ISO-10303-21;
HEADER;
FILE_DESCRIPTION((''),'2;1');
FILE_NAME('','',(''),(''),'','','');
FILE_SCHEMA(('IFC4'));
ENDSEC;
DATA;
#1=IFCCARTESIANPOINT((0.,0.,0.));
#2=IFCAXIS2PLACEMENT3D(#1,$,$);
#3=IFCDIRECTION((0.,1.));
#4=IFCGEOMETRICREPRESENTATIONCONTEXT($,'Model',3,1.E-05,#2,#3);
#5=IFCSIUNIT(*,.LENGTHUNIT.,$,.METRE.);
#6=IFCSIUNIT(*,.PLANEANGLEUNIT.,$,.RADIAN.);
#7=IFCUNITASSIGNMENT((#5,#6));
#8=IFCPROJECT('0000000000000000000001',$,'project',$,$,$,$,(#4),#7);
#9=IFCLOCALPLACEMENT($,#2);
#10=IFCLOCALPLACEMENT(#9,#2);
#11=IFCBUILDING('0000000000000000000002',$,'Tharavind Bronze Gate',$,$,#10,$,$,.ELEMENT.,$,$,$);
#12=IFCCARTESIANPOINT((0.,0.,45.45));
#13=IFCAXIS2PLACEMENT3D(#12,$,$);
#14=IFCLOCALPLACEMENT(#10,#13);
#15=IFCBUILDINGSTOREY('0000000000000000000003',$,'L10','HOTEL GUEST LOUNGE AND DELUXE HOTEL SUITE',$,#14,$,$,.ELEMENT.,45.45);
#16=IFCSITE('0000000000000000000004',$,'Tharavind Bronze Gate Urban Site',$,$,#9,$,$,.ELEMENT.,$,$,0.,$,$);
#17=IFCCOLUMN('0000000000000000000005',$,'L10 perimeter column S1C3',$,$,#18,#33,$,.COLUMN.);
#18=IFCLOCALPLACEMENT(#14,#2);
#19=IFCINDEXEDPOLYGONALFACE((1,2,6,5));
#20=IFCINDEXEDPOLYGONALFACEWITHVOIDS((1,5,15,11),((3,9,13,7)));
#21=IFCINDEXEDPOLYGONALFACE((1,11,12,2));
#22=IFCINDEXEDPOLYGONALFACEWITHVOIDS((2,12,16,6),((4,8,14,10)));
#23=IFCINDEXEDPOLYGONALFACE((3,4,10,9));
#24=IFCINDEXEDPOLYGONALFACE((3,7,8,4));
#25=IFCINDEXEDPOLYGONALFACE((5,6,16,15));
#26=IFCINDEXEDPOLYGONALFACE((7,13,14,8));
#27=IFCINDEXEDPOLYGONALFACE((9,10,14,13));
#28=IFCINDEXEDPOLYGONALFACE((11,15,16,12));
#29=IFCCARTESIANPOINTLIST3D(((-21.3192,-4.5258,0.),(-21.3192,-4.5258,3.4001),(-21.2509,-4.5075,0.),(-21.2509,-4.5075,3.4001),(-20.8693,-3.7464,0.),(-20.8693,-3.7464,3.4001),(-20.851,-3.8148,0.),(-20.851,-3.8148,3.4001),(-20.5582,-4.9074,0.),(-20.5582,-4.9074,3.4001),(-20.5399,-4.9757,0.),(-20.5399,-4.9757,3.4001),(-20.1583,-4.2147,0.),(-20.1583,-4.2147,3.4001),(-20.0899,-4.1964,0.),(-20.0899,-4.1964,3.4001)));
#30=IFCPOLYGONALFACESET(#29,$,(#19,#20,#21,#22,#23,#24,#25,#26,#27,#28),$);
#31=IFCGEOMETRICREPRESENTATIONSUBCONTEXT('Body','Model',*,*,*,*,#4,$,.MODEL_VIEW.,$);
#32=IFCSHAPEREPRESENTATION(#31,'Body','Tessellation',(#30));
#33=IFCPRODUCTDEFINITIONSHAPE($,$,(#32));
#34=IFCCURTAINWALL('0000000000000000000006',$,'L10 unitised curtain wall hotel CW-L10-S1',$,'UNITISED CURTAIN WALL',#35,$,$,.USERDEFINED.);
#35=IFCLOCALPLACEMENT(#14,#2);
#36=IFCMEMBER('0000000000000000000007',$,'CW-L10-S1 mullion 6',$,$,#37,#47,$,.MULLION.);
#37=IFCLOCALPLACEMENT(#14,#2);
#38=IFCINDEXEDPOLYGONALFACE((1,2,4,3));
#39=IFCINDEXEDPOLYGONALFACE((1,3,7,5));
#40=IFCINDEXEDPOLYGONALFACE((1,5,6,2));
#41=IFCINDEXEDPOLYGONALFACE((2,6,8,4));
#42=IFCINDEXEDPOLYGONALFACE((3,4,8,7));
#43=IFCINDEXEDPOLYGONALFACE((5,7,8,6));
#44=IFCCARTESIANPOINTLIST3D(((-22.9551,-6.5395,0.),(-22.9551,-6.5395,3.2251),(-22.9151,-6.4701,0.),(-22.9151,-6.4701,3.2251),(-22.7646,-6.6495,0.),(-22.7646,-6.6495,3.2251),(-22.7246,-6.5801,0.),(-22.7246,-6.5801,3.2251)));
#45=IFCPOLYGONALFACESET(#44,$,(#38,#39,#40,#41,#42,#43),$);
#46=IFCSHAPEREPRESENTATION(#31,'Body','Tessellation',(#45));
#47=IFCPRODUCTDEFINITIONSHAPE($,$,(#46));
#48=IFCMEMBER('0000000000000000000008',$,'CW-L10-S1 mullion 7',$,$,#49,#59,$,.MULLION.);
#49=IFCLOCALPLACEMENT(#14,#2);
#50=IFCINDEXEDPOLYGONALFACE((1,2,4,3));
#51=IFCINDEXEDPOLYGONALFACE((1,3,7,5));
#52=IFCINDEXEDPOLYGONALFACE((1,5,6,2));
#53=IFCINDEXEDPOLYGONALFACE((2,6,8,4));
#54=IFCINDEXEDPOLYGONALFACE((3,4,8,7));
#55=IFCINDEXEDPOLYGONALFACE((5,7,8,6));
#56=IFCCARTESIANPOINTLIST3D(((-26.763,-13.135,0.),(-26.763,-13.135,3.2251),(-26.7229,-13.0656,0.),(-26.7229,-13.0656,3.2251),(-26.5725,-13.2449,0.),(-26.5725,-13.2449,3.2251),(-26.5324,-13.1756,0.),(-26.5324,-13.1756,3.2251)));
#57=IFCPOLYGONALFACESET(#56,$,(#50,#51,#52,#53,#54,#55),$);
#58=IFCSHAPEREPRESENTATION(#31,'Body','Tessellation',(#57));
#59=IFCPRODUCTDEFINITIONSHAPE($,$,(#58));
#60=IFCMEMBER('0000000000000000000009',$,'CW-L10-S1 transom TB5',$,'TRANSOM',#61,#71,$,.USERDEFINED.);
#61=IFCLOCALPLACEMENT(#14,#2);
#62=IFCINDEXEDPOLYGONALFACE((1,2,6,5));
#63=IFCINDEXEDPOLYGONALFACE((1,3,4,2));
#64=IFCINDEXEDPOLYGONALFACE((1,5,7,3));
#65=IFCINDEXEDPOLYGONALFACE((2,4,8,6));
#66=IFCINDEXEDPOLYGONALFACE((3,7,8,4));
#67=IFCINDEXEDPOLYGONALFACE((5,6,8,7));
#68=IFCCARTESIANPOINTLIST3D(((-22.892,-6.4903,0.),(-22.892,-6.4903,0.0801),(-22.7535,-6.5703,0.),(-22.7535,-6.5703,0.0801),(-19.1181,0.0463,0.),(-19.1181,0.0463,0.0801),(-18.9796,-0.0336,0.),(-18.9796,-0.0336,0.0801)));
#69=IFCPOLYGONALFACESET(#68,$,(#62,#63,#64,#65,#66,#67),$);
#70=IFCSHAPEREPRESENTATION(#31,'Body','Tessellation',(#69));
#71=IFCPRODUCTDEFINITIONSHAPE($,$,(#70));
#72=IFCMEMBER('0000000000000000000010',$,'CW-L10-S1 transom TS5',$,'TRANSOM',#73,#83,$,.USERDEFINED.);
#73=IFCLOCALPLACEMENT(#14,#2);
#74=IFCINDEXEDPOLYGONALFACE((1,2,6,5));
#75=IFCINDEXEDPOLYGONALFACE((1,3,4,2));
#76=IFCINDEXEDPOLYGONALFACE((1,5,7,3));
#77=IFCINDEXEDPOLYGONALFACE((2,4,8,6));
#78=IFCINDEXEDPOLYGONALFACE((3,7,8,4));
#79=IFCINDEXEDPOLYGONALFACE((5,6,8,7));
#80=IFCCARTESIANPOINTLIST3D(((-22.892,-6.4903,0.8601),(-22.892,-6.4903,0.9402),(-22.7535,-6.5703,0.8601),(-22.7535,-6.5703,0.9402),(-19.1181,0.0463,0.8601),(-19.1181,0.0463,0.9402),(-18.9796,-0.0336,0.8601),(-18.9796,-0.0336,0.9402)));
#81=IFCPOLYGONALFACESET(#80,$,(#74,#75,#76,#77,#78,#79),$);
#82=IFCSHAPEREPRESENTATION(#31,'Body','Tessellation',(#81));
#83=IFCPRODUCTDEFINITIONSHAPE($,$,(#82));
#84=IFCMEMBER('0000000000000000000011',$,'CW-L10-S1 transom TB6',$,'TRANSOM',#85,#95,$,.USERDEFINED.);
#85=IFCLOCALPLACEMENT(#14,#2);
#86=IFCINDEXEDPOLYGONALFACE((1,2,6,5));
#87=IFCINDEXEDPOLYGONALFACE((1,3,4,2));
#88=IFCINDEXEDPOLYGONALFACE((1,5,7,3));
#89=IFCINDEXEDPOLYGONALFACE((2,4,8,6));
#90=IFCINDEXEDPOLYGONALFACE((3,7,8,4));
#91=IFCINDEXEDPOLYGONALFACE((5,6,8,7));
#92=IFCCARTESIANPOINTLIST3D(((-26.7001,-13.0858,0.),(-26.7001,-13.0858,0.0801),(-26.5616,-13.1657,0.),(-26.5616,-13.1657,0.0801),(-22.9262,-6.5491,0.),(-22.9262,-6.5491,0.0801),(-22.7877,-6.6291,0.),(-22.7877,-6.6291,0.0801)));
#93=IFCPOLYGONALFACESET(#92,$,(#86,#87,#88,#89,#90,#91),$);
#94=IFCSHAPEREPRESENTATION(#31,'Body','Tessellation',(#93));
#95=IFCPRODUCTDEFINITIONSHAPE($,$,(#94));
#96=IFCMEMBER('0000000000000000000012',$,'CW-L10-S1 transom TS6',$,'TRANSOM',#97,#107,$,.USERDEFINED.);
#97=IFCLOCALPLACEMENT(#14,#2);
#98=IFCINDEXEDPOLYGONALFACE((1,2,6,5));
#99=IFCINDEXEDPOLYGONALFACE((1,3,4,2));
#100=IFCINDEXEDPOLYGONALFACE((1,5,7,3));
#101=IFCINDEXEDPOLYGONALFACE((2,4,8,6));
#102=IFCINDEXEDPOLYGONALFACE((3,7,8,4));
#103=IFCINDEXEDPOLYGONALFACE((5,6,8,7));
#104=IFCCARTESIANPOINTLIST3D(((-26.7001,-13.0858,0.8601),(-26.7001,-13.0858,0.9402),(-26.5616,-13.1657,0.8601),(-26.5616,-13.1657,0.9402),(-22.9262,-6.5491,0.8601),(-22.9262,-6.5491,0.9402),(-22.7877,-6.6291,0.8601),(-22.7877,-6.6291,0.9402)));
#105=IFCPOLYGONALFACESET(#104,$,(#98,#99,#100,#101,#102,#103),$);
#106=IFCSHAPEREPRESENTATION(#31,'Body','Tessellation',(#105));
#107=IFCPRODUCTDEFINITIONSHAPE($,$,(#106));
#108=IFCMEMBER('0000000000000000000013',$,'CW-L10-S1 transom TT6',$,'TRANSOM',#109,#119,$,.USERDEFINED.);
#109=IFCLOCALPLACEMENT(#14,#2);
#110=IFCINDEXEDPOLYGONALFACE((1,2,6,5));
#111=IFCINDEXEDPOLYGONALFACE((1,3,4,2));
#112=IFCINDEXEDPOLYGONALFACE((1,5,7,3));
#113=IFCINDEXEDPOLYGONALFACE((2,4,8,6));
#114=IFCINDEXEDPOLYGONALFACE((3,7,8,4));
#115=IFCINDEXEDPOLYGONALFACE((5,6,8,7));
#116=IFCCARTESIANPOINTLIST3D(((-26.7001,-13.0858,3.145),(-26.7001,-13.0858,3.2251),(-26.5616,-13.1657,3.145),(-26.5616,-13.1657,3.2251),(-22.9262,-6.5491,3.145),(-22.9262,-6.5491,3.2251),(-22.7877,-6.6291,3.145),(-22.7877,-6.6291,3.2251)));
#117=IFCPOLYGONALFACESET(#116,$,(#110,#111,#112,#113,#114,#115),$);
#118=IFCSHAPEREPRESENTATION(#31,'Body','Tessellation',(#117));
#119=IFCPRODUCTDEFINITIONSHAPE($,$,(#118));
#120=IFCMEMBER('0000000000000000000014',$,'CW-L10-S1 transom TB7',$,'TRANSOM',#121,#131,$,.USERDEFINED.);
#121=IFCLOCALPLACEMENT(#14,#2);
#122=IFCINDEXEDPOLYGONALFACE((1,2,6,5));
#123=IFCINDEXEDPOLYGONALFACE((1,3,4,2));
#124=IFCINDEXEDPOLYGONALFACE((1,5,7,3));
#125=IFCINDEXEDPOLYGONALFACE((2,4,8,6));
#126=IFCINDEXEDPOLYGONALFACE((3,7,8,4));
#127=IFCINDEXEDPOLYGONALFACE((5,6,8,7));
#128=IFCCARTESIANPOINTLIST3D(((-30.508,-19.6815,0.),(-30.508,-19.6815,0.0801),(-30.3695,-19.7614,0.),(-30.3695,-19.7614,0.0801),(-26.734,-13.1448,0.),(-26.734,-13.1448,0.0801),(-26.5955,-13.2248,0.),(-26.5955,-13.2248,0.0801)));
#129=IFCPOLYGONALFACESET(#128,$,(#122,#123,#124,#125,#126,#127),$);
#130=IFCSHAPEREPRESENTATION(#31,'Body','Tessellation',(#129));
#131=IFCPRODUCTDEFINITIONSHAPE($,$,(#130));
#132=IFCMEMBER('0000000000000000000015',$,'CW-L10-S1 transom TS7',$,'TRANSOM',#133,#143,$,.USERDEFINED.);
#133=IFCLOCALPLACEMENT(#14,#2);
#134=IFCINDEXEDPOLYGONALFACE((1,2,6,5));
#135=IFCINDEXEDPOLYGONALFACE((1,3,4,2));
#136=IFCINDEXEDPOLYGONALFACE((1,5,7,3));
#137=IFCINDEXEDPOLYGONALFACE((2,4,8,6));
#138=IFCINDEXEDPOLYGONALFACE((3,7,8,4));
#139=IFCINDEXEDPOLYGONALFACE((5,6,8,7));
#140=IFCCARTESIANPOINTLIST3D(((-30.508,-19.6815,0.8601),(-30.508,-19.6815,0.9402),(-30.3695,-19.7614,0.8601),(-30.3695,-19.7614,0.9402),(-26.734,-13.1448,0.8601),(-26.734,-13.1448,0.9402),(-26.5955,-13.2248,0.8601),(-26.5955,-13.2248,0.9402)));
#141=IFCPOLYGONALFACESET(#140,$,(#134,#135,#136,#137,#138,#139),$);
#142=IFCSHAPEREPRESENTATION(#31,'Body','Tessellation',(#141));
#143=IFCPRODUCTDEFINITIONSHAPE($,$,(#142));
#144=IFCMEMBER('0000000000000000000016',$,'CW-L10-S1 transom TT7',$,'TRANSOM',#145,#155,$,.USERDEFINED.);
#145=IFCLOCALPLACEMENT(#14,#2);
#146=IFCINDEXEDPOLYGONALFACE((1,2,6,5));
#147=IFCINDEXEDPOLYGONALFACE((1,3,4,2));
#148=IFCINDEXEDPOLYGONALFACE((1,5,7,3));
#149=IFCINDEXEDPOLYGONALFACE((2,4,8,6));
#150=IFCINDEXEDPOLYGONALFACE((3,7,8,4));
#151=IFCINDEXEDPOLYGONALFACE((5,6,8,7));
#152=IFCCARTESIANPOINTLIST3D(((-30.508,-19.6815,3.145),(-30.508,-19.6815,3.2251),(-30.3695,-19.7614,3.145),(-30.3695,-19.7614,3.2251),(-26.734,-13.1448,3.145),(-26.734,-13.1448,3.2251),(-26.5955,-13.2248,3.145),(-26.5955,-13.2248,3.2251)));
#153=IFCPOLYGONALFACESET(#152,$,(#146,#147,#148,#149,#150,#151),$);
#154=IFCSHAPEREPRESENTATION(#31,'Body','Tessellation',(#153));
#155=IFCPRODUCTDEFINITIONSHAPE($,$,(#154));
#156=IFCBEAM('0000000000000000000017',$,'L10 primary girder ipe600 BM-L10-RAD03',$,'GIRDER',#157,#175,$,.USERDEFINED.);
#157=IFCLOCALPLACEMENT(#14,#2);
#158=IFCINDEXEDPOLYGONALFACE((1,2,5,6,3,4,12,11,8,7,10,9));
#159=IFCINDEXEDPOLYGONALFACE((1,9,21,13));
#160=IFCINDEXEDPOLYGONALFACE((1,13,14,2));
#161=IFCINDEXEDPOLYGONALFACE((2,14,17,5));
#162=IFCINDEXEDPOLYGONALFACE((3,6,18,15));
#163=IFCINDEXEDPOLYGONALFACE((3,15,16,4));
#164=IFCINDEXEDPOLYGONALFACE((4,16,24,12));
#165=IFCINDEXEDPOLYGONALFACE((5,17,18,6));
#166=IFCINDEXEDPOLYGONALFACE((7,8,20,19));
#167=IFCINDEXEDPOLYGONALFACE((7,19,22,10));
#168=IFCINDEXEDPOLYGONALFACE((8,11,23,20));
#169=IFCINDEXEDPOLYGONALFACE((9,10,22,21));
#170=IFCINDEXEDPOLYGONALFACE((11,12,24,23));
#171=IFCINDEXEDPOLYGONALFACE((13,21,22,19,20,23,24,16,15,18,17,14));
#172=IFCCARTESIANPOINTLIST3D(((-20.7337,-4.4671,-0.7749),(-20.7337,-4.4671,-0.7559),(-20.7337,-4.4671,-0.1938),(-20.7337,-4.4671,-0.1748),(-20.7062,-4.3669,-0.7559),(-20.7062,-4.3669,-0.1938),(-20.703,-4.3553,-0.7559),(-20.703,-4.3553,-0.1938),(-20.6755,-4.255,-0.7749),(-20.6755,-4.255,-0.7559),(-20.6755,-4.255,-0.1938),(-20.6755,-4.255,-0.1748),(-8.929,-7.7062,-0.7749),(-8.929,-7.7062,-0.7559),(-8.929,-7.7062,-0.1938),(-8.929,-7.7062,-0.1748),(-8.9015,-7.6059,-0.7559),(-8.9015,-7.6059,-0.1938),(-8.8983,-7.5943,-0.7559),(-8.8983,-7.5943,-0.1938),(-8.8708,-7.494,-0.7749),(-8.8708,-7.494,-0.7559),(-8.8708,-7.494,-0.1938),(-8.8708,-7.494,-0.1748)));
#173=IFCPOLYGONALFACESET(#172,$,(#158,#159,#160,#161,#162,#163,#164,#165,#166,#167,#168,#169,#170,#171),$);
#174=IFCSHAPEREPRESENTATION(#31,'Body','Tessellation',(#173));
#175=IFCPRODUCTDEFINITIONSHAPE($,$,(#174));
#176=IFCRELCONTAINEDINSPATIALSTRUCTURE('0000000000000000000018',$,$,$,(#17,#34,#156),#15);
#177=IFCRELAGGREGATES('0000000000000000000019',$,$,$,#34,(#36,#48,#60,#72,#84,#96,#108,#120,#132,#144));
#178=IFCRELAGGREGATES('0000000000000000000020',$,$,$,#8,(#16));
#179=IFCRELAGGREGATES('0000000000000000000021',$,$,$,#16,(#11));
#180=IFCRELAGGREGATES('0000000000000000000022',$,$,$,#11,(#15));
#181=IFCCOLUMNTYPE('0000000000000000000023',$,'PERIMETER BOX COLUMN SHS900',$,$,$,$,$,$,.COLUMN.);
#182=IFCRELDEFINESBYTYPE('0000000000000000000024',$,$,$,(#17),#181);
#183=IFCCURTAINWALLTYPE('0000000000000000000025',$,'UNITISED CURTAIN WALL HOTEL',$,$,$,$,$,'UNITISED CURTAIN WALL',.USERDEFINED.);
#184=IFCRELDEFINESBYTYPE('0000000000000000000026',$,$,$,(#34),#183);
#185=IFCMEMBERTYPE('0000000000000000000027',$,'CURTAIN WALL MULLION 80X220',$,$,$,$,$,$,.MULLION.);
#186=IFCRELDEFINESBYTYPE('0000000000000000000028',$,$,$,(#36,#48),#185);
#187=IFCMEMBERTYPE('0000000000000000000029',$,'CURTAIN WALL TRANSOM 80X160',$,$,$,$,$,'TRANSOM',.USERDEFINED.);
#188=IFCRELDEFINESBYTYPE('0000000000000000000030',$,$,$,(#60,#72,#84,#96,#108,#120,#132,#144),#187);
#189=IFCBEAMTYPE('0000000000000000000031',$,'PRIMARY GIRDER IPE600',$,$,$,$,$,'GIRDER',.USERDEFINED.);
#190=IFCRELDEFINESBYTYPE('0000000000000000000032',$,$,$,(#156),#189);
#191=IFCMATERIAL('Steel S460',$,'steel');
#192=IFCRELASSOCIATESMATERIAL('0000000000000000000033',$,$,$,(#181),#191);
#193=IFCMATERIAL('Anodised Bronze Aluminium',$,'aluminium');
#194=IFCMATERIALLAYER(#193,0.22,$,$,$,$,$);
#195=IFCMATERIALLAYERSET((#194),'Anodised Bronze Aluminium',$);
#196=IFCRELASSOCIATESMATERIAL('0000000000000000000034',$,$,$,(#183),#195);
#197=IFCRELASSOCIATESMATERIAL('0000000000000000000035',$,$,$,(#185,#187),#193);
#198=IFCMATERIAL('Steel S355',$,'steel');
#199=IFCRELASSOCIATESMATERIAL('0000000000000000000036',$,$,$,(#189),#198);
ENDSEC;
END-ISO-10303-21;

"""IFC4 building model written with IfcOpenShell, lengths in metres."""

from ifc_helpers import new_model, si_unit, direction, frame, origin, origin_2d, place, context, subcontext, project, spatial, rectangle, hollow_rectangle, i_section, extrude, material, layer, layer_set, material_profile, profile_set, type_object, element, aggregate, save


model = new_model("IFC4")

# Units and contexts
model_context = context("Model", 3, precision=1e-05, world=origin(), true_north=direction((0.0, 1.0)))
body_context = subcontext(model_context, "Body", "Model", "MODEL_VIEW")
ifc_project = project(units=[si_unit("LENGTHUNIT", "METRE"), si_unit("PLANEANGLEUNIT", "RADIAN")], contexts=[model_context])

# Site, building, storey
site_placement = place(None, origin())
site = spatial("IfcSite", under=ifc_project, at=site_placement, Name="Tharavind Bronze Gate Urban Site", CompositionType="ELEMENT", RefElevation=0.0)
building_placement = place(site_placement, origin())
building = spatial("IfcBuilding", under=site, at=building_placement, Name="Tharavind Bronze Gate", CompositionType="ELEMENT")
storey_placement = place(building_placement, frame((0.0, 0.0, 45.45)))
storey = spatial("IfcBuildingStorey", under=building, at=storey_placement, Name="L10", Description="HOTEL GUEST LOUNGE AND DELUXE HOTEL SUITE", CompositionType="ELEMENT", Elevation=45.45)

# Column
ifc_material_1 = material(Name="Steel S460", Category="steel")
ifc_material_profile_1 = material_profile(ifc_material_1, hollow_rectangle(XDim=0.8999, YDim=0.8999, WallThickness=0.05, at=origin_2d()), Name="SHS900X50")
ifc_profile_set_1 = profile_set([ifc_material_profile_1], Name="Steel S460")
column_type = type_object("IfcColumnType", Name="PERIMETER BOX COLUMN SHS900", PredefinedType="COLUMN", material=ifc_profile_set_1)
column_placement = place(storey_placement, frame((-20.7046, -4.3611, 0.0), z_axis=(0.0, 0.0, 1.0), x_axis=(0.500002, 0.866025, 0.0)))
element("IfcColumn", 1, at=column_placement, inside=storey, type_object=column_type, Name="L10 perimeter column S1C3", PredefinedType="COLUMN", context=body_context, shape_type="SweptSolid", body=[
    extrude(hollow_rectangle(XDim=0.8999, YDim=0.8999, WallThickness=0.05, at=origin_2d()), origin(), (0.0, 0.0, 1.0), 3.4001),
])

# Curtain wall, members
ifc_material_2 = material(Name="Anodised Bronze Aluminium", Category="aluminium")
ifc_layer_1 = layer(ifc_material_2, 0.22)
ifc_layer_set_1 = layer_set([ifc_layer_1], Name="Anodised Bronze Aluminium")
curtain_wall_type = type_object("IfcCurtainWallType", Name="UNITISED CURTAIN WALL HOTEL", ElementType="UNITISED CURTAIN WALL", PredefinedType="USERDEFINED", material=ifc_layer_set_1)
curtain_wall_placement = place(storey_placement, origin())
curtain_wall = element("IfcCurtainWall", 2, at=curtain_wall_placement, inside=storey, type_object=curtain_wall_type, Name="L10 unitised curtain wall hotel CW-L10-S1", ObjectType="UNITISED CURTAIN WALL", PredefinedType="USERDEFINED")
member_type_1 = type_object("IfcMemberType", Name="CURTAIN WALL MULLION 80X220", PredefinedType="MULLION", material=ifc_material_2)
member_1_placement = place(storey_placement, frame((-22.8398, -6.5598, 0.0), z_axis=(0.0, 0.0, 1.0), x_axis=(-0.500002, -0.866025, 0.0)))
member_1 = element("IfcMember", 3, at=member_1_placement, type_object=member_type_1, Name="CW-L10-S1 mullion 6", PredefinedType="MULLION", context=body_context, shape_type="SweptSolid", body=[
    extrude(rectangle(XDim=0.0801, YDim=0.22, at=origin_2d()), origin(), (0.0, 0.0, 1.0), 3.2251),
])
member_2_placement = place(storey_placement, frame((-26.6477, -13.1553, 0.0), z_axis=(0.0, 0.0, 1.0), x_axis=(-0.500002, -0.866025, 0.0)))
member_2 = element("IfcMember", 4, at=member_2_placement, type_object=member_type_1, Name="CW-L10-S1 mullion 7", PredefinedType="MULLION", context=body_context, shape_type="SweptSolid", body=[
    extrude(rectangle(XDim=0.0801, YDim=0.22, at=origin_2d()), origin(), (0.0, 0.0, 1.0), 3.2251),
])
member_type_2 = type_object("IfcMemberType", Name="CURTAIN WALL TRANSOM 80X160", ElementType="TRANSOM", PredefinedType="USERDEFINED", material=ifc_material_2)
member_3_placement = place(storey_placement, frame((-20.9358, -3.262, 0.0), z_axis=(0.0, 0.0, 1.0), x_axis=(-0.500002, -0.866025, 0.0)))
member_3 = element("IfcMember", 5, at=member_3_placement, type_object=member_type_2, Name="CW-L10-S1 transom TB5", ObjectType="TRANSOM", PredefinedType="USERDEFINED", context=body_context, shape_type="SweptSolid", body=[
    extrude(rectangle(XDim=7.5479, YDim=0.1599, at=origin_2d()), origin(), (0.0, 0.0, 1.0), 0.0801),
])
member_4_placement = place(storey_placement, frame((-20.9358, -3.262, 0.8601), z_axis=(0.0, 0.0, 1.0), x_axis=(-0.500002, -0.866025, 0.0)))
member_4 = element("IfcMember", 6, at=member_4_placement, type_object=member_type_2, Name="CW-L10-S1 transom TS5", ObjectType="TRANSOM", PredefinedType="USERDEFINED", context=body_context, shape_type="SweptSolid", body=[
    extrude(rectangle(XDim=7.5479, YDim=0.1599, at=origin_2d()), origin(), (0.0, 0.0, 1.0), 0.0801),
])
member_5_placement = place(storey_placement, frame((-24.7439, -9.8574, 0.0), z_axis=(0.0, 0.0, 1.0), x_axis=(-0.500002, -0.866025, 0.0)))
member_5 = element("IfcMember", 7, at=member_5_placement, type_object=member_type_2, Name="CW-L10-S1 transom TB6", ObjectType="TRANSOM", PredefinedType="USERDEFINED", context=body_context, shape_type="SweptSolid", body=[
    extrude(rectangle(XDim=7.5479, YDim=0.1599, at=origin_2d()), origin(), (0.0, 0.0, 1.0), 0.0801),
])
member_6_placement = place(storey_placement, frame((-24.7439, -9.8574, 0.8601), z_axis=(0.0, 0.0, 1.0), x_axis=(-0.500002, -0.866025, 0.0)))
member_6 = element("IfcMember", 8, at=member_6_placement, type_object=member_type_2, Name="CW-L10-S1 transom TS6", ObjectType="TRANSOM", PredefinedType="USERDEFINED", context=body_context, shape_type="SweptSolid", body=[
    extrude(rectangle(XDim=7.5479, YDim=0.1599, at=origin_2d()), origin(), (0.0, 0.0, 1.0), 0.0801),
])
member_7_placement = place(storey_placement, frame((-24.7439, -9.8574, 3.145), z_axis=(0.0, 0.0, 1.0), x_axis=(-0.500002, -0.866025, 0.0)))
member_7 = element("IfcMember", 9, at=member_7_placement, type_object=member_type_2, Name="CW-L10-S1 transom TT6", ObjectType="TRANSOM", PredefinedType="USERDEFINED", context=body_context, shape_type="SweptSolid", body=[
    extrude(rectangle(XDim=7.5479, YDim=0.1599, at=origin_2d()), origin(), (0.0, 0.0, 1.0), 0.0801),
])
member_8_placement = place(storey_placement, frame((-28.5518, -16.4531, 0.0), z_axis=(0.0, 0.0, 1.0), x_axis=(-0.500002, -0.866025, 0.0)))
member_8 = element("IfcMember", 10, at=member_8_placement, type_object=member_type_2, Name="CW-L10-S1 transom TB7", ObjectType="TRANSOM", PredefinedType="USERDEFINED", context=body_context, shape_type="SweptSolid", body=[
    extrude(rectangle(XDim=7.5479, YDim=0.1599, at=origin_2d()), origin(), (0.0, 0.0, 1.0), 0.0801),
])
member_9_placement = place(storey_placement, frame((-28.5518, -16.4531, 0.8601), z_axis=(0.0, 0.0, 1.0), x_axis=(-0.500002, -0.866025, 0.0)))
member_9 = element("IfcMember", 11, at=member_9_placement, type_object=member_type_2, Name="CW-L10-S1 transom TS7", ObjectType="TRANSOM", PredefinedType="USERDEFINED", context=body_context, shape_type="SweptSolid", body=[
    extrude(rectangle(XDim=7.5479, YDim=0.1599, at=origin_2d()), origin(), (0.0, 0.0, 1.0), 0.0801),
])
member_10_placement = place(storey_placement, frame((-28.5518, -16.4531, 3.145), z_axis=(0.0, 0.0, 1.0), x_axis=(-0.500002, -0.866025, 0.0)))
member_10 = element("IfcMember", 12, at=member_10_placement, type_object=member_type_2, Name="CW-L10-S1 transom TT7", ObjectType="TRANSOM", PredefinedType="USERDEFINED", context=body_context, shape_type="SweptSolid", body=[
    extrude(rectangle(XDim=7.5479, YDim=0.1599, at=origin_2d()), origin(), (0.0, 0.0, 1.0), 0.0801),
])

# Beam
ifc_material_3 = material(Name="Steel S355", Category="steel")
ifc_material_profile_2 = material_profile(ifc_material_3, i_section(OverallWidth=0.22, OverallDepth=0.6001, WebThickness=0.012, FlangeThickness=0.019, at=origin_2d()), Name="IPE600")
ifc_profile_set_2 = profile_set([ifc_material_profile_2], Name="Steel S355")
beam_type_1 = type_object("IfcBeamType", Name="PRIMARY GIRDER IPE600", ElementType="GIRDER", PredefinedType="USERDEFINED", material=ifc_profile_set_2)
beam_1_placement = place(storey_placement, frame((-20.7046, -4.3611, -0.4749), z_axis=(0.964357, -0.264604, 0.0), x_axis=(0.264604, 0.964357, 0.0)))
element("IfcBeam", 13, at=beam_1_placement, inside=storey, type_object=beam_type_1, Name="L10 primary girder ipe600 BM-L10-RAD03", ObjectType="GIRDER", PredefinedType="USERDEFINED", context=body_context, shape_type="SweptSolid", body=[
    extrude(i_section(OverallWidth=0.22, OverallDepth=0.6001, WebThickness=0.012, FlangeThickness=0.019, at=origin_2d()), origin(), (0.0, 0.0, 1.0), 12.241),
])

aggregate(curtain_wall, [member_1, member_2, member_3, member_4, member_5, member_6, member_7, member_8, member_9, member_10])

save(model, "model.ifc")
